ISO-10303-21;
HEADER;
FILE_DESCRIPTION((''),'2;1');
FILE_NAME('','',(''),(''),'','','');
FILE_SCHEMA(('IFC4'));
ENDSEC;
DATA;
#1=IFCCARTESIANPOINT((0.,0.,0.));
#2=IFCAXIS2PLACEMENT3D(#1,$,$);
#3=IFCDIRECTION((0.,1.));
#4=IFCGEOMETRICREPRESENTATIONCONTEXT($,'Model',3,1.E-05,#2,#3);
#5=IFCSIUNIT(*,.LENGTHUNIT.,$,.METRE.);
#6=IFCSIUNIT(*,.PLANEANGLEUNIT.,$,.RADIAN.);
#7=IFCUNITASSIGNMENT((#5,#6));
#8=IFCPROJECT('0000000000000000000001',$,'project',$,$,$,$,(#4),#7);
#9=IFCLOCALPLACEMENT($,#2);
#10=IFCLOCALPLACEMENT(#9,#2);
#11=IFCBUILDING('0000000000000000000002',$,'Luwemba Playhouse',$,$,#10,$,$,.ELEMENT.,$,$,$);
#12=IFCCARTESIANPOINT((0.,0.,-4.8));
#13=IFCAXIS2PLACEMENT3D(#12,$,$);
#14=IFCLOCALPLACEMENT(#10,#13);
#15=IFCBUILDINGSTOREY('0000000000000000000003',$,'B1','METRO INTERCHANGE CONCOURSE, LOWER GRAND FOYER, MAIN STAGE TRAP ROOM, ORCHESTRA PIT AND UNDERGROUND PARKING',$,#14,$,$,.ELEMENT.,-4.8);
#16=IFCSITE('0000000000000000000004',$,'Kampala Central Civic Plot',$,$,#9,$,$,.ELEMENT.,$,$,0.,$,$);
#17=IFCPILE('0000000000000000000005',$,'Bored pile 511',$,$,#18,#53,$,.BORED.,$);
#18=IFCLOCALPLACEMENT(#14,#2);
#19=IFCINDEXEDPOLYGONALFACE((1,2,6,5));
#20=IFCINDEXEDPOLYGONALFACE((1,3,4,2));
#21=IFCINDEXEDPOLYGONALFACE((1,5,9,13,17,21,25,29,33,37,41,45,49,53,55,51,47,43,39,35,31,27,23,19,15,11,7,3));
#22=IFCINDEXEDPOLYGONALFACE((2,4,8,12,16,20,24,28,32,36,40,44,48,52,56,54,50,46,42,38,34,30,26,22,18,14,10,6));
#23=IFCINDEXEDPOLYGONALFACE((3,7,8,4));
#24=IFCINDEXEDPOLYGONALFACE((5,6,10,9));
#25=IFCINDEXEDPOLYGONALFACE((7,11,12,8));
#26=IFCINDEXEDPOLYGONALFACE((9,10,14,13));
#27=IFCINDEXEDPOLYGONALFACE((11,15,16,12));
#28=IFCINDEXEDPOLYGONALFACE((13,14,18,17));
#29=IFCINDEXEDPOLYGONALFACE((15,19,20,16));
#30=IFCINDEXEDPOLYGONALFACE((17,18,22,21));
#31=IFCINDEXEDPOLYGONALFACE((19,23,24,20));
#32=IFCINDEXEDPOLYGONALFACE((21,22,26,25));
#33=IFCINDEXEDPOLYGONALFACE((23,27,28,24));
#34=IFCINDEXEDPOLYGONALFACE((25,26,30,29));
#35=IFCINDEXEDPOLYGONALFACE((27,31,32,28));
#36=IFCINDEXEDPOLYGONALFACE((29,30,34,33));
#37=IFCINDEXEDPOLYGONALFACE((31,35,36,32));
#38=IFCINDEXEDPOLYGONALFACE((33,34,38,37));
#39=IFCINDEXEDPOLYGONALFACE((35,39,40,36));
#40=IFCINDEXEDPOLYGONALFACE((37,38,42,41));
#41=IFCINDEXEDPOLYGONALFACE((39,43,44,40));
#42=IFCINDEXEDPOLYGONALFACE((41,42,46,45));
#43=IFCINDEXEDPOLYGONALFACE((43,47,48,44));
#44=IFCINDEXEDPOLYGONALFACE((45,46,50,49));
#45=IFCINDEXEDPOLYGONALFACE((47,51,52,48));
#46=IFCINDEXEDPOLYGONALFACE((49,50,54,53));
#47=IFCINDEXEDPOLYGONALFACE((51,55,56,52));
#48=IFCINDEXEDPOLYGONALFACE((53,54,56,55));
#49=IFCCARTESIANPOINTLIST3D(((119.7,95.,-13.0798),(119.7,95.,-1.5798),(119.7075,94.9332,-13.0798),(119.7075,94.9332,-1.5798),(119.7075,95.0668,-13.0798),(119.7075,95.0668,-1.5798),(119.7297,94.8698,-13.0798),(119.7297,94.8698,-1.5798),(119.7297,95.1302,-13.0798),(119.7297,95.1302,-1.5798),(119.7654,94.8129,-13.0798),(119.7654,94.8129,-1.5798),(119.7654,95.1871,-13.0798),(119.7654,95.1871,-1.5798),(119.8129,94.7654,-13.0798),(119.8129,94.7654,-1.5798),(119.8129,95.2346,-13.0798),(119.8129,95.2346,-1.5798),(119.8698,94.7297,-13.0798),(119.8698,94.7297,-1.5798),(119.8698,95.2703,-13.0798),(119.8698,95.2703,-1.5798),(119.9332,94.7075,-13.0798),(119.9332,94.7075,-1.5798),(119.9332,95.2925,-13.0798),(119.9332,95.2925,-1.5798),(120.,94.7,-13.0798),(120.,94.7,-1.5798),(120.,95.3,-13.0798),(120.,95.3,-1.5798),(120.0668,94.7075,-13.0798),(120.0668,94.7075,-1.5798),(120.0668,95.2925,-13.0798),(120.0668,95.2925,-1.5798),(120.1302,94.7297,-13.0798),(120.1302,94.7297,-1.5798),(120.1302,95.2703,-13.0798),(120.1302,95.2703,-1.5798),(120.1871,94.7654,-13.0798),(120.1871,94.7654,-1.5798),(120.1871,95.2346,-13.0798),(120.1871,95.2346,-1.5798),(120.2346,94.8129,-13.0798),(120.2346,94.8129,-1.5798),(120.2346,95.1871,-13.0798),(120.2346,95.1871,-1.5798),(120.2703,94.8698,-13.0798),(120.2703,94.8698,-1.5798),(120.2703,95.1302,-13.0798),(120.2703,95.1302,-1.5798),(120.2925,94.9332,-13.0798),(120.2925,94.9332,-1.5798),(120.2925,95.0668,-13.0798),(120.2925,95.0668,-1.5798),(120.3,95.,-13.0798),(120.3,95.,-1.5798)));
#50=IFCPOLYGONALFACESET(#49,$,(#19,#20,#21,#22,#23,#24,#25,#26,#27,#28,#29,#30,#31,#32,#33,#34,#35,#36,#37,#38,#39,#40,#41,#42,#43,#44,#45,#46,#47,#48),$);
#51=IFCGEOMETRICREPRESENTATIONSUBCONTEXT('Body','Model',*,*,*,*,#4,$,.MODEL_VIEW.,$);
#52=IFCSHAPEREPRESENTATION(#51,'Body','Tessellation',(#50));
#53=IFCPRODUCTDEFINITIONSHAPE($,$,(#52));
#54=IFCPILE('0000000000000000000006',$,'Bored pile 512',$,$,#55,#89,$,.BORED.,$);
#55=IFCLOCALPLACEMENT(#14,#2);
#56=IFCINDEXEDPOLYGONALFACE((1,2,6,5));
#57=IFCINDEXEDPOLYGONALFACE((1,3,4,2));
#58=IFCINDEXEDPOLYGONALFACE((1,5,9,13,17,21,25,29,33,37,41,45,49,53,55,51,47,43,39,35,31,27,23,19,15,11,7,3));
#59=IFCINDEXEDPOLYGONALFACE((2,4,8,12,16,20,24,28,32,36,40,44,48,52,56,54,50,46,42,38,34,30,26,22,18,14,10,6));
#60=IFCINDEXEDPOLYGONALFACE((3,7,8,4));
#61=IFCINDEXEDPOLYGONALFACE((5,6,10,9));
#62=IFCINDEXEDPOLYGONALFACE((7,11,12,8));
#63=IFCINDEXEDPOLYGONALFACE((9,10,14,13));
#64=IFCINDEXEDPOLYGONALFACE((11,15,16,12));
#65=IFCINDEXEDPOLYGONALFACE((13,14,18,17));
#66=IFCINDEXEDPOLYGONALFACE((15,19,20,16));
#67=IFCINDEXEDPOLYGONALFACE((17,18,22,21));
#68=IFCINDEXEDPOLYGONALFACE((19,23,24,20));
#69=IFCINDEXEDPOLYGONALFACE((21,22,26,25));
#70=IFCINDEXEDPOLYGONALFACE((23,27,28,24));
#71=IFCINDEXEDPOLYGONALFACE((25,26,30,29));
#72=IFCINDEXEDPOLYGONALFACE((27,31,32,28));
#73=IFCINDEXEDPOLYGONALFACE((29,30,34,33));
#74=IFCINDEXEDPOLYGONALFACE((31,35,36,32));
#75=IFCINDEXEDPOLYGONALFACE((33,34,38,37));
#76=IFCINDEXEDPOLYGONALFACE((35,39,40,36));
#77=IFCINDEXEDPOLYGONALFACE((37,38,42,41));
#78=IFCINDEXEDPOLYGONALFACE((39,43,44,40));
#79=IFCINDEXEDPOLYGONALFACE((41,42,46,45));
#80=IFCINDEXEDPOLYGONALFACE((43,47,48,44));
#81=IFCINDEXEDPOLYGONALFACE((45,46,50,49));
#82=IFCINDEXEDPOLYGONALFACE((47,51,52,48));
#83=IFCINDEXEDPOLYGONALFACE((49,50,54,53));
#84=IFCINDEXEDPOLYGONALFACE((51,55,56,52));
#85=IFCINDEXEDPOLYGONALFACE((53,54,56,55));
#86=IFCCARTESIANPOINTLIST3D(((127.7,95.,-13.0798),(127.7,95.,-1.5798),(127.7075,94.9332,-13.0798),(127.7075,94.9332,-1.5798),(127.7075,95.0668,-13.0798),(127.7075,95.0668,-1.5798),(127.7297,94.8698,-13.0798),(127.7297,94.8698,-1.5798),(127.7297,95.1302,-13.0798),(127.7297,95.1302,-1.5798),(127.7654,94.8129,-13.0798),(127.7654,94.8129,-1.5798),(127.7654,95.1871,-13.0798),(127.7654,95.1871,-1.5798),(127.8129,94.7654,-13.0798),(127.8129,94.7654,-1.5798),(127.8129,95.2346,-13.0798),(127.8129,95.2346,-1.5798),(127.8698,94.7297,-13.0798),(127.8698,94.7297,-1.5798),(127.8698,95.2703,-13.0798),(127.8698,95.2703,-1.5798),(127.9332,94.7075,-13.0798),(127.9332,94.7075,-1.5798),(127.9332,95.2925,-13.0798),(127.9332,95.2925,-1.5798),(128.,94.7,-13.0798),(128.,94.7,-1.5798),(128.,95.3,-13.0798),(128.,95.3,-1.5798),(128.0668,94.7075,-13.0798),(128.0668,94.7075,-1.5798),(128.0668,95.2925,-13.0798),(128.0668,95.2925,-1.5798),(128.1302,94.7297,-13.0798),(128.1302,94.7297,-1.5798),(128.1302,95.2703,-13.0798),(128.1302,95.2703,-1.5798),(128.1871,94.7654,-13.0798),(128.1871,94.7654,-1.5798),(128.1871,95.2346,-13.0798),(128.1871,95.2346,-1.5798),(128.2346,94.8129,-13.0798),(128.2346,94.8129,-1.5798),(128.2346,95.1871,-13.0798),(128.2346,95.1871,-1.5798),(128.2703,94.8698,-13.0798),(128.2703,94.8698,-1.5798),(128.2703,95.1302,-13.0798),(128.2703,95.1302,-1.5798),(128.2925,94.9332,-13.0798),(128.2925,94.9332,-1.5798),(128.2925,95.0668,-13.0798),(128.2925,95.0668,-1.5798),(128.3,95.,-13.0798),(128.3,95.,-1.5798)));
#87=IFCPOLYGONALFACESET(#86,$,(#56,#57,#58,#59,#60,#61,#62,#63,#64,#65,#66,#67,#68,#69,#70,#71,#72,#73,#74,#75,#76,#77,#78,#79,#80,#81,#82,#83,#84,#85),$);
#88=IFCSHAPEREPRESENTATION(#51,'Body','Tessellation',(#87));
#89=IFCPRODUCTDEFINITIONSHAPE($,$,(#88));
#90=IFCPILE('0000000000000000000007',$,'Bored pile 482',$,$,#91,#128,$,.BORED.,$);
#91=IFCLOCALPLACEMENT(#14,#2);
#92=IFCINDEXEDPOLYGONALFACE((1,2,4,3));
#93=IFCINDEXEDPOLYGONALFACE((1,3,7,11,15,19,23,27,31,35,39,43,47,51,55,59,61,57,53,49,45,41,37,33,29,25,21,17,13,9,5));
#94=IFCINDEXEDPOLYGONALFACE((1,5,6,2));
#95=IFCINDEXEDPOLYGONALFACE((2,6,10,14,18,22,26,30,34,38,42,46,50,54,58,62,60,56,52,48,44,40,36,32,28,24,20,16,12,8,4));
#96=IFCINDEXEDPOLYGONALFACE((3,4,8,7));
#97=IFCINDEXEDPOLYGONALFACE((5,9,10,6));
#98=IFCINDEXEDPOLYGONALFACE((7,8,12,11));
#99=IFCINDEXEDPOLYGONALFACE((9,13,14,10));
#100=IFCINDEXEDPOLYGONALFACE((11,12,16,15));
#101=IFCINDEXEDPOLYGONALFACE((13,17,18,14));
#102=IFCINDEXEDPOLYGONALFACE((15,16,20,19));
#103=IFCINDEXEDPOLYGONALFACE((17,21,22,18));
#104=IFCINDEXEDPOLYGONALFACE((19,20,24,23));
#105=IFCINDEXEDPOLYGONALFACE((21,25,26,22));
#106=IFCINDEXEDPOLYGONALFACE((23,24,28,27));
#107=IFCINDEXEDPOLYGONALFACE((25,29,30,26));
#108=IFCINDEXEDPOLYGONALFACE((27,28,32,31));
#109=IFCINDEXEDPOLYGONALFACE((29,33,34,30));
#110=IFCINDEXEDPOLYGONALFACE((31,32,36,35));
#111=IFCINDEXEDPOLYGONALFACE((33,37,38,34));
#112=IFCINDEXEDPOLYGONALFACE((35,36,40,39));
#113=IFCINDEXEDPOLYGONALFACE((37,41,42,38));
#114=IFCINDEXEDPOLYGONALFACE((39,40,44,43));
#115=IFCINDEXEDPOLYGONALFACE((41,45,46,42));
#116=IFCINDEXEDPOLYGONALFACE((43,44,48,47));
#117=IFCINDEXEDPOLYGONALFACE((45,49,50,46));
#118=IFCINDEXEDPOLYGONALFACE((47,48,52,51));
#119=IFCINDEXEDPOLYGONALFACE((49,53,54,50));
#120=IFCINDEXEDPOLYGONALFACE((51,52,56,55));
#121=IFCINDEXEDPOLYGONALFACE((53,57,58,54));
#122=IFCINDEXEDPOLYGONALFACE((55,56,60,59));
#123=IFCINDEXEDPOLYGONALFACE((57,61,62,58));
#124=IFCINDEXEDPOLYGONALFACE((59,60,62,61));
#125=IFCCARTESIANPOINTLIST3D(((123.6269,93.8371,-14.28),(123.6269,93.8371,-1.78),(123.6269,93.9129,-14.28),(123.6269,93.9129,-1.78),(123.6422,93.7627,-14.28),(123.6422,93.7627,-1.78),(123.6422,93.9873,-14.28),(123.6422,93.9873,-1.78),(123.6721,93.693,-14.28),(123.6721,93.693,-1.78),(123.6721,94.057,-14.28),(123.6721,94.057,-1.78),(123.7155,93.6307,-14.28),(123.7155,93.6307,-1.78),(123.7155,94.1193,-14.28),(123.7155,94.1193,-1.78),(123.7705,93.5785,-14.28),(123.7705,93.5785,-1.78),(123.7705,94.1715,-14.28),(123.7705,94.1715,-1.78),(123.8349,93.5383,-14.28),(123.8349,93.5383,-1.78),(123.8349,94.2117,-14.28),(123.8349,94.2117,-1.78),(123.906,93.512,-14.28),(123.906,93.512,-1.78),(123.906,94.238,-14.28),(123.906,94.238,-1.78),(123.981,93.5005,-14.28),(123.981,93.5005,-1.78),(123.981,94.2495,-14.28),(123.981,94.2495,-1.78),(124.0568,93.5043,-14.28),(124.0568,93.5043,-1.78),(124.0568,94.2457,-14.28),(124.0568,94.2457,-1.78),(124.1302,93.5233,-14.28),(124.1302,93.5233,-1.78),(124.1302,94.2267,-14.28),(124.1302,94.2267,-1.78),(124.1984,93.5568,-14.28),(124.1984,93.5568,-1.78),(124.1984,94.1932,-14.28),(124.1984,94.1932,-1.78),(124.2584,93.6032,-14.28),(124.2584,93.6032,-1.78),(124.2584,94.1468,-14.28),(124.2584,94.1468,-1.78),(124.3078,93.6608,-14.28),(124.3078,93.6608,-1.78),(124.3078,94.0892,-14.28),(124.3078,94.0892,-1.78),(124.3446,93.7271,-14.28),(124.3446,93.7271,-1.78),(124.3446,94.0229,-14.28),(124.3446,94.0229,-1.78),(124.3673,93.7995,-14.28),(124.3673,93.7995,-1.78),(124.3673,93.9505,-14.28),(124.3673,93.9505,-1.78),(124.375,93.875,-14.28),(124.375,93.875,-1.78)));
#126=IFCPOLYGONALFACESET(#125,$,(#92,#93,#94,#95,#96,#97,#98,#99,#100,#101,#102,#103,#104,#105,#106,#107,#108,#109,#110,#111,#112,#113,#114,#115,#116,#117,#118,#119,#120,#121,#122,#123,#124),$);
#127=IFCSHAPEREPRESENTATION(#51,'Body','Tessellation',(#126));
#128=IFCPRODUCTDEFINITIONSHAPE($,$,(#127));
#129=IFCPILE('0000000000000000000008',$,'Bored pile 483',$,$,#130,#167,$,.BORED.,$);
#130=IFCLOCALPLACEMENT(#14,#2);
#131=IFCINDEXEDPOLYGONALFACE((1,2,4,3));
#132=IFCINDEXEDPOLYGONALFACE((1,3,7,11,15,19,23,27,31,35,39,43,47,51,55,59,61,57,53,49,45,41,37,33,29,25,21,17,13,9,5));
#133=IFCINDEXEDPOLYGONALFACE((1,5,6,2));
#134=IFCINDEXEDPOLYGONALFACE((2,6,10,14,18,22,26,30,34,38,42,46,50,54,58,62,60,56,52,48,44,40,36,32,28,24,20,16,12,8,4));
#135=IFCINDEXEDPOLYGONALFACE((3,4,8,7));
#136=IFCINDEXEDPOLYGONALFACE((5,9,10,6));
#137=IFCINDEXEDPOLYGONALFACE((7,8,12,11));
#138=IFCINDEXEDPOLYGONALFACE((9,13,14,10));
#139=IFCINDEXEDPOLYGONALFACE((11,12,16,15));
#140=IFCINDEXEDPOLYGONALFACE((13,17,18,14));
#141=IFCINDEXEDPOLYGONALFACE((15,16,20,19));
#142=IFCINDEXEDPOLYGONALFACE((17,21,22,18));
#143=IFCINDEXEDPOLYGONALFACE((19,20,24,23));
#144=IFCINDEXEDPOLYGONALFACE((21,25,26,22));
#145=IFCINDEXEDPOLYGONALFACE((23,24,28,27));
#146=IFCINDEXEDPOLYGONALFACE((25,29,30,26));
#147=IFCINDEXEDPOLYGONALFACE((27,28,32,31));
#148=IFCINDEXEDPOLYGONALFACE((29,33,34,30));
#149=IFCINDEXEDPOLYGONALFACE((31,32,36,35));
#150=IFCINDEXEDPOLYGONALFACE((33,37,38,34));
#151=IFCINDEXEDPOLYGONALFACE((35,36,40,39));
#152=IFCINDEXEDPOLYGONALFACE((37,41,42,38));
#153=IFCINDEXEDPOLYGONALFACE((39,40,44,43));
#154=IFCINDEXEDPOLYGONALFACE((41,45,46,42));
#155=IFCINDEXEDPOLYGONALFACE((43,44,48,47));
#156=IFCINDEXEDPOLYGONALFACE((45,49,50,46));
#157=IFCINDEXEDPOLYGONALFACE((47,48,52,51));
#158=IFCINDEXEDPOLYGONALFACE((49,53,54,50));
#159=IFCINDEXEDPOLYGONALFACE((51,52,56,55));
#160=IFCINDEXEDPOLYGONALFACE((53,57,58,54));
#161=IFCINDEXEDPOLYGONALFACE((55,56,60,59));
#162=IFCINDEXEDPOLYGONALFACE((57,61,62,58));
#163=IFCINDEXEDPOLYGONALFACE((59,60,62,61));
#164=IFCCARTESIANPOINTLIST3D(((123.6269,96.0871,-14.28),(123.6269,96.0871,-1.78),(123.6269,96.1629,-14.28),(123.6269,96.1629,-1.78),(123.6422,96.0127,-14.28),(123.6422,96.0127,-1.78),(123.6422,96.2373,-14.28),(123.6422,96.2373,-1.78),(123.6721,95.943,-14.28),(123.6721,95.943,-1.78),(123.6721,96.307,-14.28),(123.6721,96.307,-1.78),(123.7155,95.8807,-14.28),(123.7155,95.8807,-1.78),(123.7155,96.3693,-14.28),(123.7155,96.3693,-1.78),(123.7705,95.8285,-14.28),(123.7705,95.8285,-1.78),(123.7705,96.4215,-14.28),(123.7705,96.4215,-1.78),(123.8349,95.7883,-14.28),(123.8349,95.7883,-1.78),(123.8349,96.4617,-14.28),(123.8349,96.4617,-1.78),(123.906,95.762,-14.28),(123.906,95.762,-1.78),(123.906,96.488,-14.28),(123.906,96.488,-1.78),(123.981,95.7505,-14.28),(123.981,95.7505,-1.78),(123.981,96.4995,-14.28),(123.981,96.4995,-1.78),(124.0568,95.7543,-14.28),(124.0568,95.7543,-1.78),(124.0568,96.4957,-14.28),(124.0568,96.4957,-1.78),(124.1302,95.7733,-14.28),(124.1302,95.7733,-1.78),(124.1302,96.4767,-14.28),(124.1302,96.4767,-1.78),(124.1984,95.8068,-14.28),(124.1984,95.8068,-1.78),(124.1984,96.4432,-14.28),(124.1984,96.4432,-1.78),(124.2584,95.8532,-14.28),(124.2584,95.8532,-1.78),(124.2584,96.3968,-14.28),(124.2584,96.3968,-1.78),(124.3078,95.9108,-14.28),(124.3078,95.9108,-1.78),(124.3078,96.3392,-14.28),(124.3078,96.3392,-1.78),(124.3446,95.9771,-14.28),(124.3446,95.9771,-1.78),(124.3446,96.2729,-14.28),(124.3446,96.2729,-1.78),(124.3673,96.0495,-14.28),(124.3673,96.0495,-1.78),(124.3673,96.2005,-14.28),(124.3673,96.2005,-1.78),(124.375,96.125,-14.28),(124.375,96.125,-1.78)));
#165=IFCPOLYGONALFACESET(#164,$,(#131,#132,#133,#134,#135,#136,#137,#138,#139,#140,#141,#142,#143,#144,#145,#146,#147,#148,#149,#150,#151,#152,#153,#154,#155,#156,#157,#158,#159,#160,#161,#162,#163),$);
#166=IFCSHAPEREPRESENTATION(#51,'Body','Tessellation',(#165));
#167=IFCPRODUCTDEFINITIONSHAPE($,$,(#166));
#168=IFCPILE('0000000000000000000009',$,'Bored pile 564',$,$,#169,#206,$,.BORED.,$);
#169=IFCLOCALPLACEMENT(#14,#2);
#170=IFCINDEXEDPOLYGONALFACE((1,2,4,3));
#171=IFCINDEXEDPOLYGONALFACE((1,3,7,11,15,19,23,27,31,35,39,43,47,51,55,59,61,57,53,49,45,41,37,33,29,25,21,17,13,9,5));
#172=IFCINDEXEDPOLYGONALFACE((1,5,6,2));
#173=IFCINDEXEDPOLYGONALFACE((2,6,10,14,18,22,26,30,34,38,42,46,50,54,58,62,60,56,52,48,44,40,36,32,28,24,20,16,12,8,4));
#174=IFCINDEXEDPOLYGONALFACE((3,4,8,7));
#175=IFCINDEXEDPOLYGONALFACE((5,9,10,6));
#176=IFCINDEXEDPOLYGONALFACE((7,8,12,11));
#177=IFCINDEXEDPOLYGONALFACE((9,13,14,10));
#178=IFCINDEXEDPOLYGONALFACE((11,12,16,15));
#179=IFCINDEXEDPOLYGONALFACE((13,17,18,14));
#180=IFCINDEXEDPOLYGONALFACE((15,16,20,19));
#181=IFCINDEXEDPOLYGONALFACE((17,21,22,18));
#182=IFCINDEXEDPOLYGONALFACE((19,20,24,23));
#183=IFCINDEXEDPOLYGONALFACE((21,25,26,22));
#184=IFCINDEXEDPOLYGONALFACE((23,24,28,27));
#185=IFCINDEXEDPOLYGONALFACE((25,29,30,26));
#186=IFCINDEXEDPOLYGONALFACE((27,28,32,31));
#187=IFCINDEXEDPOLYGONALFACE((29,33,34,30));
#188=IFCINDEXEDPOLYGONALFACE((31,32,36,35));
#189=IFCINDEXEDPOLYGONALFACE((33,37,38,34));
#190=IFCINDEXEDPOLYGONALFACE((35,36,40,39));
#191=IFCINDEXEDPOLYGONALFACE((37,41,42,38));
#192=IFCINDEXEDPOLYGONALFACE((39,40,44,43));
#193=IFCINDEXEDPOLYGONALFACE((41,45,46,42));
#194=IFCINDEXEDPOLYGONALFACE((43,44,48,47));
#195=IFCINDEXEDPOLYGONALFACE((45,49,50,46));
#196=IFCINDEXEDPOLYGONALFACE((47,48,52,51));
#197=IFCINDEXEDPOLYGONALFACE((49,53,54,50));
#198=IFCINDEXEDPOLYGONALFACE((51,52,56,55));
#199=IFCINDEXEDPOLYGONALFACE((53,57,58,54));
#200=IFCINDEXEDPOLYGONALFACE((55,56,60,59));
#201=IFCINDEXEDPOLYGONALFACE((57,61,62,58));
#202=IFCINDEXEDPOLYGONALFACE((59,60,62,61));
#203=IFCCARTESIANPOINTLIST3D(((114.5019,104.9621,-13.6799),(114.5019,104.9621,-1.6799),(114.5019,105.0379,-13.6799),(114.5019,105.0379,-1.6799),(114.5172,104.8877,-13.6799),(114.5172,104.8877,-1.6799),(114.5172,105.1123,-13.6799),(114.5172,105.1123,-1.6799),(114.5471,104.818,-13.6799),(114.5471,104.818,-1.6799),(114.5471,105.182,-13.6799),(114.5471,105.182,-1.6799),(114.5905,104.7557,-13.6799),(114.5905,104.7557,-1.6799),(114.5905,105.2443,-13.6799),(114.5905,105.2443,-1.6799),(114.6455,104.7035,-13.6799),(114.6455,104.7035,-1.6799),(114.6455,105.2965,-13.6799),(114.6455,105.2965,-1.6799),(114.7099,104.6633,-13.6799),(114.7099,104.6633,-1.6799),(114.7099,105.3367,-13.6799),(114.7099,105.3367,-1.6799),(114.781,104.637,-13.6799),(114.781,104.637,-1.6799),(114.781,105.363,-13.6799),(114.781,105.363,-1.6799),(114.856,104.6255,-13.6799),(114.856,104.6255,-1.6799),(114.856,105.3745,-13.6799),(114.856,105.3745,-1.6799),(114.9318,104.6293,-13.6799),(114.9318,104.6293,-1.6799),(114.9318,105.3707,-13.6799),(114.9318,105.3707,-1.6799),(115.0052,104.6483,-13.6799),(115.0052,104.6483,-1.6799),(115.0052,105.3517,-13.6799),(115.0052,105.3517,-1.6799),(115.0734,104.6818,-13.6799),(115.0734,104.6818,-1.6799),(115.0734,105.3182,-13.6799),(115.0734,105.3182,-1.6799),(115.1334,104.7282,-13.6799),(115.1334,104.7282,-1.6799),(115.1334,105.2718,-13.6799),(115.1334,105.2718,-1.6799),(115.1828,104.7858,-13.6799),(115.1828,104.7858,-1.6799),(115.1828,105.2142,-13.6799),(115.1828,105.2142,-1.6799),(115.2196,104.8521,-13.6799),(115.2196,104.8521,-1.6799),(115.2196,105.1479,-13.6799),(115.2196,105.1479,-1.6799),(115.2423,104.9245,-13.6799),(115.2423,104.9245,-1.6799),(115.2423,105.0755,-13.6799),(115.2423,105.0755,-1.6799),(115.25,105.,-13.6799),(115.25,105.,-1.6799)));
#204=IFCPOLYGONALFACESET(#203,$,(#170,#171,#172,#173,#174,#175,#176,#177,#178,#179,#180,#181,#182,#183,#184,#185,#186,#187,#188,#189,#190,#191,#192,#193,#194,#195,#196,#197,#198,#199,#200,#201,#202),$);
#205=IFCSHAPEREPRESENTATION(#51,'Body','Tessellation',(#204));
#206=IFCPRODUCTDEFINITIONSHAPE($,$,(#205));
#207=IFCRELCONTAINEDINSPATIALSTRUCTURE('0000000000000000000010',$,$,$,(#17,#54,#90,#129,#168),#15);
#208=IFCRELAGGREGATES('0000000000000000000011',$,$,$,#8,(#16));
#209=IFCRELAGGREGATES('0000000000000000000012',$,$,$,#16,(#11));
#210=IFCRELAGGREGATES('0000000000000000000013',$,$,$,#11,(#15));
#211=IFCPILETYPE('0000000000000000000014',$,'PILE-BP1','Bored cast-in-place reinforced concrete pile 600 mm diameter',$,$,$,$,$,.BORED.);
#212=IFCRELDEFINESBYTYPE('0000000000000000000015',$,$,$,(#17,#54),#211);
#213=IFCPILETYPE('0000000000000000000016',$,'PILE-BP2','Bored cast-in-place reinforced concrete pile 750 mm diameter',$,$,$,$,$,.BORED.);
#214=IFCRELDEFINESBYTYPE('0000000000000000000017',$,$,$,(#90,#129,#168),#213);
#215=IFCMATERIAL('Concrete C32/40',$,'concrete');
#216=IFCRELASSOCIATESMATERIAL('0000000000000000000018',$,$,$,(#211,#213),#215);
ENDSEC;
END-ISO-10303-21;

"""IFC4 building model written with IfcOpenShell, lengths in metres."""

from ifc_helpers import new_model, si_unit, direction, frame, origin, origin_2d, place, context, subcontext, project, spatial, circle, extrude, material, material_profile, profile_set, type_object, element, save


model = new_model("IFC4")

# Units and contexts
model_context = context("Model", 3, precision=1e-05, world=origin(), true_north=direction((0.0, 1.0)))
body_context = subcontext(model_context, "Body", "Model", "MODEL_VIEW")
ifc_project = project(units=[si_unit("LENGTHUNIT", "METRE"), si_unit("PLANEANGLEUNIT", "RADIAN")], contexts=[model_context])

# Site, building, storey
site_placement = place(None, origin())
site = spatial("IfcSite", under=ifc_project, at=site_placement, Name="Kampala Central Civic Plot", CompositionType="ELEMENT", RefElevation=0.0)
building_placement = place(site_placement, origin())
building = spatial("IfcBuilding", under=site, at=building_placement, Name="Luwemba Playhouse", CompositionType="ELEMENT")
storey_placement = place(building_placement, frame((0.0, 0.0, -4.8)))
storey = spatial("IfcBuildingStorey", under=building, at=storey_placement, Name="B1", Description="METRO INTERCHANGE CONCOURSE, LOWER GRAND FOYER, MAIN STAGE TRAP ROOM, ORCHESTRA PIT AND UNDERGROUND PARKING", CompositionType="ELEMENT", Elevation=-4.8)

# Shared definitions
ifc_material_1 = material(Name="Concrete C32/40", Category="concrete")

# Piles
ifc_material_profile_1 = material_profile(ifc_material_1, circle(Radius=0.3, at=origin_2d()))
ifc_profile_set_1 = profile_set([ifc_material_profile_1], Name="Concrete C32/40")
pile_type_1 = type_object("IfcPileType", Name="PILE-BP1", Description="Bored cast-in-place reinforced concrete pile 600 mm diameter", PredefinedType="BORED", material=ifc_profile_set_1)
for number, where, z_axis, x_axis, name in (
    (1, (120.0, 95.0, -1.5798), (0.0, 0.0, -1.0), (1.0, 0.0, 0.0), "Bored pile 511"),
    (2, (128.0, 95.0, -1.5798), (0.0, 0.0, -1.0), (1.0, 0.0, 0.0), "Bored pile 512"),
):
    element("IfcPile", number, at=place(storey_placement, frame(where, z_axis=z_axis, x_axis=x_axis)), inside=storey, type_object=pile_type_1, Name=name, PredefinedType="BORED", context=body_context, shape_type="SweptSolid", body=[
        extrude(circle(Radius=0.3, at=origin_2d()), origin(), (0.0, 0.0, 1.0), 11.5),
    ])
ifc_material_profile_2 = material_profile(ifc_material_1, circle(Radius=0.375, at=origin_2d()))
ifc_profile_set_2 = profile_set([ifc_material_profile_2], Name="Concrete C32/40")
pile_type_2 = type_object("IfcPileType", Name="PILE-BP2", Description="Bored cast-in-place reinforced concrete pile 750 mm diameter", PredefinedType="BORED", material=ifc_profile_set_2)
for number, where, z_axis, x_axis, name in (
    (3, (124.0, 93.875, -1.78), (0.0, 0.0, -1.0), (1.0, 0.0, 0.0), "Bored pile 482"),
    (4, (124.0, 96.125, -1.78), (0.0, 0.0, -1.0), (1.0, 0.0, 0.0), "Bored pile 483"),
):
    element("IfcPile", number, at=place(storey_placement, frame(where, z_axis=z_axis, x_axis=x_axis)), inside=storey, type_object=pile_type_2, Name=name, PredefinedType="BORED", context=body_context, shape_type="SweptSolid", body=[
        extrude(circle(Radius=0.375, at=origin_2d()), origin(), (0.0, 0.0, 1.0), 12.5),
    ])
for number, where, z_axis, x_axis, name in (
    (5, (114.875, 105.0, -1.6799), (0.0, 0.0, -1.0), (1.0, 0.0, 0.0), "Bored pile 564"),
):
    element("IfcPile", number, at=place(storey_placement, frame(where, z_axis=z_axis, x_axis=x_axis)), inside=storey, type_object=pile_type_2, Name=name, PredefinedType="BORED", context=body_context, shape_type="SweptSolid", body=[
        extrude(circle(Radius=0.375, at=origin_2d()), origin(), (0.0, 0.0, 1.0), 12.0),
    ])

save(model, "model.ifc")
